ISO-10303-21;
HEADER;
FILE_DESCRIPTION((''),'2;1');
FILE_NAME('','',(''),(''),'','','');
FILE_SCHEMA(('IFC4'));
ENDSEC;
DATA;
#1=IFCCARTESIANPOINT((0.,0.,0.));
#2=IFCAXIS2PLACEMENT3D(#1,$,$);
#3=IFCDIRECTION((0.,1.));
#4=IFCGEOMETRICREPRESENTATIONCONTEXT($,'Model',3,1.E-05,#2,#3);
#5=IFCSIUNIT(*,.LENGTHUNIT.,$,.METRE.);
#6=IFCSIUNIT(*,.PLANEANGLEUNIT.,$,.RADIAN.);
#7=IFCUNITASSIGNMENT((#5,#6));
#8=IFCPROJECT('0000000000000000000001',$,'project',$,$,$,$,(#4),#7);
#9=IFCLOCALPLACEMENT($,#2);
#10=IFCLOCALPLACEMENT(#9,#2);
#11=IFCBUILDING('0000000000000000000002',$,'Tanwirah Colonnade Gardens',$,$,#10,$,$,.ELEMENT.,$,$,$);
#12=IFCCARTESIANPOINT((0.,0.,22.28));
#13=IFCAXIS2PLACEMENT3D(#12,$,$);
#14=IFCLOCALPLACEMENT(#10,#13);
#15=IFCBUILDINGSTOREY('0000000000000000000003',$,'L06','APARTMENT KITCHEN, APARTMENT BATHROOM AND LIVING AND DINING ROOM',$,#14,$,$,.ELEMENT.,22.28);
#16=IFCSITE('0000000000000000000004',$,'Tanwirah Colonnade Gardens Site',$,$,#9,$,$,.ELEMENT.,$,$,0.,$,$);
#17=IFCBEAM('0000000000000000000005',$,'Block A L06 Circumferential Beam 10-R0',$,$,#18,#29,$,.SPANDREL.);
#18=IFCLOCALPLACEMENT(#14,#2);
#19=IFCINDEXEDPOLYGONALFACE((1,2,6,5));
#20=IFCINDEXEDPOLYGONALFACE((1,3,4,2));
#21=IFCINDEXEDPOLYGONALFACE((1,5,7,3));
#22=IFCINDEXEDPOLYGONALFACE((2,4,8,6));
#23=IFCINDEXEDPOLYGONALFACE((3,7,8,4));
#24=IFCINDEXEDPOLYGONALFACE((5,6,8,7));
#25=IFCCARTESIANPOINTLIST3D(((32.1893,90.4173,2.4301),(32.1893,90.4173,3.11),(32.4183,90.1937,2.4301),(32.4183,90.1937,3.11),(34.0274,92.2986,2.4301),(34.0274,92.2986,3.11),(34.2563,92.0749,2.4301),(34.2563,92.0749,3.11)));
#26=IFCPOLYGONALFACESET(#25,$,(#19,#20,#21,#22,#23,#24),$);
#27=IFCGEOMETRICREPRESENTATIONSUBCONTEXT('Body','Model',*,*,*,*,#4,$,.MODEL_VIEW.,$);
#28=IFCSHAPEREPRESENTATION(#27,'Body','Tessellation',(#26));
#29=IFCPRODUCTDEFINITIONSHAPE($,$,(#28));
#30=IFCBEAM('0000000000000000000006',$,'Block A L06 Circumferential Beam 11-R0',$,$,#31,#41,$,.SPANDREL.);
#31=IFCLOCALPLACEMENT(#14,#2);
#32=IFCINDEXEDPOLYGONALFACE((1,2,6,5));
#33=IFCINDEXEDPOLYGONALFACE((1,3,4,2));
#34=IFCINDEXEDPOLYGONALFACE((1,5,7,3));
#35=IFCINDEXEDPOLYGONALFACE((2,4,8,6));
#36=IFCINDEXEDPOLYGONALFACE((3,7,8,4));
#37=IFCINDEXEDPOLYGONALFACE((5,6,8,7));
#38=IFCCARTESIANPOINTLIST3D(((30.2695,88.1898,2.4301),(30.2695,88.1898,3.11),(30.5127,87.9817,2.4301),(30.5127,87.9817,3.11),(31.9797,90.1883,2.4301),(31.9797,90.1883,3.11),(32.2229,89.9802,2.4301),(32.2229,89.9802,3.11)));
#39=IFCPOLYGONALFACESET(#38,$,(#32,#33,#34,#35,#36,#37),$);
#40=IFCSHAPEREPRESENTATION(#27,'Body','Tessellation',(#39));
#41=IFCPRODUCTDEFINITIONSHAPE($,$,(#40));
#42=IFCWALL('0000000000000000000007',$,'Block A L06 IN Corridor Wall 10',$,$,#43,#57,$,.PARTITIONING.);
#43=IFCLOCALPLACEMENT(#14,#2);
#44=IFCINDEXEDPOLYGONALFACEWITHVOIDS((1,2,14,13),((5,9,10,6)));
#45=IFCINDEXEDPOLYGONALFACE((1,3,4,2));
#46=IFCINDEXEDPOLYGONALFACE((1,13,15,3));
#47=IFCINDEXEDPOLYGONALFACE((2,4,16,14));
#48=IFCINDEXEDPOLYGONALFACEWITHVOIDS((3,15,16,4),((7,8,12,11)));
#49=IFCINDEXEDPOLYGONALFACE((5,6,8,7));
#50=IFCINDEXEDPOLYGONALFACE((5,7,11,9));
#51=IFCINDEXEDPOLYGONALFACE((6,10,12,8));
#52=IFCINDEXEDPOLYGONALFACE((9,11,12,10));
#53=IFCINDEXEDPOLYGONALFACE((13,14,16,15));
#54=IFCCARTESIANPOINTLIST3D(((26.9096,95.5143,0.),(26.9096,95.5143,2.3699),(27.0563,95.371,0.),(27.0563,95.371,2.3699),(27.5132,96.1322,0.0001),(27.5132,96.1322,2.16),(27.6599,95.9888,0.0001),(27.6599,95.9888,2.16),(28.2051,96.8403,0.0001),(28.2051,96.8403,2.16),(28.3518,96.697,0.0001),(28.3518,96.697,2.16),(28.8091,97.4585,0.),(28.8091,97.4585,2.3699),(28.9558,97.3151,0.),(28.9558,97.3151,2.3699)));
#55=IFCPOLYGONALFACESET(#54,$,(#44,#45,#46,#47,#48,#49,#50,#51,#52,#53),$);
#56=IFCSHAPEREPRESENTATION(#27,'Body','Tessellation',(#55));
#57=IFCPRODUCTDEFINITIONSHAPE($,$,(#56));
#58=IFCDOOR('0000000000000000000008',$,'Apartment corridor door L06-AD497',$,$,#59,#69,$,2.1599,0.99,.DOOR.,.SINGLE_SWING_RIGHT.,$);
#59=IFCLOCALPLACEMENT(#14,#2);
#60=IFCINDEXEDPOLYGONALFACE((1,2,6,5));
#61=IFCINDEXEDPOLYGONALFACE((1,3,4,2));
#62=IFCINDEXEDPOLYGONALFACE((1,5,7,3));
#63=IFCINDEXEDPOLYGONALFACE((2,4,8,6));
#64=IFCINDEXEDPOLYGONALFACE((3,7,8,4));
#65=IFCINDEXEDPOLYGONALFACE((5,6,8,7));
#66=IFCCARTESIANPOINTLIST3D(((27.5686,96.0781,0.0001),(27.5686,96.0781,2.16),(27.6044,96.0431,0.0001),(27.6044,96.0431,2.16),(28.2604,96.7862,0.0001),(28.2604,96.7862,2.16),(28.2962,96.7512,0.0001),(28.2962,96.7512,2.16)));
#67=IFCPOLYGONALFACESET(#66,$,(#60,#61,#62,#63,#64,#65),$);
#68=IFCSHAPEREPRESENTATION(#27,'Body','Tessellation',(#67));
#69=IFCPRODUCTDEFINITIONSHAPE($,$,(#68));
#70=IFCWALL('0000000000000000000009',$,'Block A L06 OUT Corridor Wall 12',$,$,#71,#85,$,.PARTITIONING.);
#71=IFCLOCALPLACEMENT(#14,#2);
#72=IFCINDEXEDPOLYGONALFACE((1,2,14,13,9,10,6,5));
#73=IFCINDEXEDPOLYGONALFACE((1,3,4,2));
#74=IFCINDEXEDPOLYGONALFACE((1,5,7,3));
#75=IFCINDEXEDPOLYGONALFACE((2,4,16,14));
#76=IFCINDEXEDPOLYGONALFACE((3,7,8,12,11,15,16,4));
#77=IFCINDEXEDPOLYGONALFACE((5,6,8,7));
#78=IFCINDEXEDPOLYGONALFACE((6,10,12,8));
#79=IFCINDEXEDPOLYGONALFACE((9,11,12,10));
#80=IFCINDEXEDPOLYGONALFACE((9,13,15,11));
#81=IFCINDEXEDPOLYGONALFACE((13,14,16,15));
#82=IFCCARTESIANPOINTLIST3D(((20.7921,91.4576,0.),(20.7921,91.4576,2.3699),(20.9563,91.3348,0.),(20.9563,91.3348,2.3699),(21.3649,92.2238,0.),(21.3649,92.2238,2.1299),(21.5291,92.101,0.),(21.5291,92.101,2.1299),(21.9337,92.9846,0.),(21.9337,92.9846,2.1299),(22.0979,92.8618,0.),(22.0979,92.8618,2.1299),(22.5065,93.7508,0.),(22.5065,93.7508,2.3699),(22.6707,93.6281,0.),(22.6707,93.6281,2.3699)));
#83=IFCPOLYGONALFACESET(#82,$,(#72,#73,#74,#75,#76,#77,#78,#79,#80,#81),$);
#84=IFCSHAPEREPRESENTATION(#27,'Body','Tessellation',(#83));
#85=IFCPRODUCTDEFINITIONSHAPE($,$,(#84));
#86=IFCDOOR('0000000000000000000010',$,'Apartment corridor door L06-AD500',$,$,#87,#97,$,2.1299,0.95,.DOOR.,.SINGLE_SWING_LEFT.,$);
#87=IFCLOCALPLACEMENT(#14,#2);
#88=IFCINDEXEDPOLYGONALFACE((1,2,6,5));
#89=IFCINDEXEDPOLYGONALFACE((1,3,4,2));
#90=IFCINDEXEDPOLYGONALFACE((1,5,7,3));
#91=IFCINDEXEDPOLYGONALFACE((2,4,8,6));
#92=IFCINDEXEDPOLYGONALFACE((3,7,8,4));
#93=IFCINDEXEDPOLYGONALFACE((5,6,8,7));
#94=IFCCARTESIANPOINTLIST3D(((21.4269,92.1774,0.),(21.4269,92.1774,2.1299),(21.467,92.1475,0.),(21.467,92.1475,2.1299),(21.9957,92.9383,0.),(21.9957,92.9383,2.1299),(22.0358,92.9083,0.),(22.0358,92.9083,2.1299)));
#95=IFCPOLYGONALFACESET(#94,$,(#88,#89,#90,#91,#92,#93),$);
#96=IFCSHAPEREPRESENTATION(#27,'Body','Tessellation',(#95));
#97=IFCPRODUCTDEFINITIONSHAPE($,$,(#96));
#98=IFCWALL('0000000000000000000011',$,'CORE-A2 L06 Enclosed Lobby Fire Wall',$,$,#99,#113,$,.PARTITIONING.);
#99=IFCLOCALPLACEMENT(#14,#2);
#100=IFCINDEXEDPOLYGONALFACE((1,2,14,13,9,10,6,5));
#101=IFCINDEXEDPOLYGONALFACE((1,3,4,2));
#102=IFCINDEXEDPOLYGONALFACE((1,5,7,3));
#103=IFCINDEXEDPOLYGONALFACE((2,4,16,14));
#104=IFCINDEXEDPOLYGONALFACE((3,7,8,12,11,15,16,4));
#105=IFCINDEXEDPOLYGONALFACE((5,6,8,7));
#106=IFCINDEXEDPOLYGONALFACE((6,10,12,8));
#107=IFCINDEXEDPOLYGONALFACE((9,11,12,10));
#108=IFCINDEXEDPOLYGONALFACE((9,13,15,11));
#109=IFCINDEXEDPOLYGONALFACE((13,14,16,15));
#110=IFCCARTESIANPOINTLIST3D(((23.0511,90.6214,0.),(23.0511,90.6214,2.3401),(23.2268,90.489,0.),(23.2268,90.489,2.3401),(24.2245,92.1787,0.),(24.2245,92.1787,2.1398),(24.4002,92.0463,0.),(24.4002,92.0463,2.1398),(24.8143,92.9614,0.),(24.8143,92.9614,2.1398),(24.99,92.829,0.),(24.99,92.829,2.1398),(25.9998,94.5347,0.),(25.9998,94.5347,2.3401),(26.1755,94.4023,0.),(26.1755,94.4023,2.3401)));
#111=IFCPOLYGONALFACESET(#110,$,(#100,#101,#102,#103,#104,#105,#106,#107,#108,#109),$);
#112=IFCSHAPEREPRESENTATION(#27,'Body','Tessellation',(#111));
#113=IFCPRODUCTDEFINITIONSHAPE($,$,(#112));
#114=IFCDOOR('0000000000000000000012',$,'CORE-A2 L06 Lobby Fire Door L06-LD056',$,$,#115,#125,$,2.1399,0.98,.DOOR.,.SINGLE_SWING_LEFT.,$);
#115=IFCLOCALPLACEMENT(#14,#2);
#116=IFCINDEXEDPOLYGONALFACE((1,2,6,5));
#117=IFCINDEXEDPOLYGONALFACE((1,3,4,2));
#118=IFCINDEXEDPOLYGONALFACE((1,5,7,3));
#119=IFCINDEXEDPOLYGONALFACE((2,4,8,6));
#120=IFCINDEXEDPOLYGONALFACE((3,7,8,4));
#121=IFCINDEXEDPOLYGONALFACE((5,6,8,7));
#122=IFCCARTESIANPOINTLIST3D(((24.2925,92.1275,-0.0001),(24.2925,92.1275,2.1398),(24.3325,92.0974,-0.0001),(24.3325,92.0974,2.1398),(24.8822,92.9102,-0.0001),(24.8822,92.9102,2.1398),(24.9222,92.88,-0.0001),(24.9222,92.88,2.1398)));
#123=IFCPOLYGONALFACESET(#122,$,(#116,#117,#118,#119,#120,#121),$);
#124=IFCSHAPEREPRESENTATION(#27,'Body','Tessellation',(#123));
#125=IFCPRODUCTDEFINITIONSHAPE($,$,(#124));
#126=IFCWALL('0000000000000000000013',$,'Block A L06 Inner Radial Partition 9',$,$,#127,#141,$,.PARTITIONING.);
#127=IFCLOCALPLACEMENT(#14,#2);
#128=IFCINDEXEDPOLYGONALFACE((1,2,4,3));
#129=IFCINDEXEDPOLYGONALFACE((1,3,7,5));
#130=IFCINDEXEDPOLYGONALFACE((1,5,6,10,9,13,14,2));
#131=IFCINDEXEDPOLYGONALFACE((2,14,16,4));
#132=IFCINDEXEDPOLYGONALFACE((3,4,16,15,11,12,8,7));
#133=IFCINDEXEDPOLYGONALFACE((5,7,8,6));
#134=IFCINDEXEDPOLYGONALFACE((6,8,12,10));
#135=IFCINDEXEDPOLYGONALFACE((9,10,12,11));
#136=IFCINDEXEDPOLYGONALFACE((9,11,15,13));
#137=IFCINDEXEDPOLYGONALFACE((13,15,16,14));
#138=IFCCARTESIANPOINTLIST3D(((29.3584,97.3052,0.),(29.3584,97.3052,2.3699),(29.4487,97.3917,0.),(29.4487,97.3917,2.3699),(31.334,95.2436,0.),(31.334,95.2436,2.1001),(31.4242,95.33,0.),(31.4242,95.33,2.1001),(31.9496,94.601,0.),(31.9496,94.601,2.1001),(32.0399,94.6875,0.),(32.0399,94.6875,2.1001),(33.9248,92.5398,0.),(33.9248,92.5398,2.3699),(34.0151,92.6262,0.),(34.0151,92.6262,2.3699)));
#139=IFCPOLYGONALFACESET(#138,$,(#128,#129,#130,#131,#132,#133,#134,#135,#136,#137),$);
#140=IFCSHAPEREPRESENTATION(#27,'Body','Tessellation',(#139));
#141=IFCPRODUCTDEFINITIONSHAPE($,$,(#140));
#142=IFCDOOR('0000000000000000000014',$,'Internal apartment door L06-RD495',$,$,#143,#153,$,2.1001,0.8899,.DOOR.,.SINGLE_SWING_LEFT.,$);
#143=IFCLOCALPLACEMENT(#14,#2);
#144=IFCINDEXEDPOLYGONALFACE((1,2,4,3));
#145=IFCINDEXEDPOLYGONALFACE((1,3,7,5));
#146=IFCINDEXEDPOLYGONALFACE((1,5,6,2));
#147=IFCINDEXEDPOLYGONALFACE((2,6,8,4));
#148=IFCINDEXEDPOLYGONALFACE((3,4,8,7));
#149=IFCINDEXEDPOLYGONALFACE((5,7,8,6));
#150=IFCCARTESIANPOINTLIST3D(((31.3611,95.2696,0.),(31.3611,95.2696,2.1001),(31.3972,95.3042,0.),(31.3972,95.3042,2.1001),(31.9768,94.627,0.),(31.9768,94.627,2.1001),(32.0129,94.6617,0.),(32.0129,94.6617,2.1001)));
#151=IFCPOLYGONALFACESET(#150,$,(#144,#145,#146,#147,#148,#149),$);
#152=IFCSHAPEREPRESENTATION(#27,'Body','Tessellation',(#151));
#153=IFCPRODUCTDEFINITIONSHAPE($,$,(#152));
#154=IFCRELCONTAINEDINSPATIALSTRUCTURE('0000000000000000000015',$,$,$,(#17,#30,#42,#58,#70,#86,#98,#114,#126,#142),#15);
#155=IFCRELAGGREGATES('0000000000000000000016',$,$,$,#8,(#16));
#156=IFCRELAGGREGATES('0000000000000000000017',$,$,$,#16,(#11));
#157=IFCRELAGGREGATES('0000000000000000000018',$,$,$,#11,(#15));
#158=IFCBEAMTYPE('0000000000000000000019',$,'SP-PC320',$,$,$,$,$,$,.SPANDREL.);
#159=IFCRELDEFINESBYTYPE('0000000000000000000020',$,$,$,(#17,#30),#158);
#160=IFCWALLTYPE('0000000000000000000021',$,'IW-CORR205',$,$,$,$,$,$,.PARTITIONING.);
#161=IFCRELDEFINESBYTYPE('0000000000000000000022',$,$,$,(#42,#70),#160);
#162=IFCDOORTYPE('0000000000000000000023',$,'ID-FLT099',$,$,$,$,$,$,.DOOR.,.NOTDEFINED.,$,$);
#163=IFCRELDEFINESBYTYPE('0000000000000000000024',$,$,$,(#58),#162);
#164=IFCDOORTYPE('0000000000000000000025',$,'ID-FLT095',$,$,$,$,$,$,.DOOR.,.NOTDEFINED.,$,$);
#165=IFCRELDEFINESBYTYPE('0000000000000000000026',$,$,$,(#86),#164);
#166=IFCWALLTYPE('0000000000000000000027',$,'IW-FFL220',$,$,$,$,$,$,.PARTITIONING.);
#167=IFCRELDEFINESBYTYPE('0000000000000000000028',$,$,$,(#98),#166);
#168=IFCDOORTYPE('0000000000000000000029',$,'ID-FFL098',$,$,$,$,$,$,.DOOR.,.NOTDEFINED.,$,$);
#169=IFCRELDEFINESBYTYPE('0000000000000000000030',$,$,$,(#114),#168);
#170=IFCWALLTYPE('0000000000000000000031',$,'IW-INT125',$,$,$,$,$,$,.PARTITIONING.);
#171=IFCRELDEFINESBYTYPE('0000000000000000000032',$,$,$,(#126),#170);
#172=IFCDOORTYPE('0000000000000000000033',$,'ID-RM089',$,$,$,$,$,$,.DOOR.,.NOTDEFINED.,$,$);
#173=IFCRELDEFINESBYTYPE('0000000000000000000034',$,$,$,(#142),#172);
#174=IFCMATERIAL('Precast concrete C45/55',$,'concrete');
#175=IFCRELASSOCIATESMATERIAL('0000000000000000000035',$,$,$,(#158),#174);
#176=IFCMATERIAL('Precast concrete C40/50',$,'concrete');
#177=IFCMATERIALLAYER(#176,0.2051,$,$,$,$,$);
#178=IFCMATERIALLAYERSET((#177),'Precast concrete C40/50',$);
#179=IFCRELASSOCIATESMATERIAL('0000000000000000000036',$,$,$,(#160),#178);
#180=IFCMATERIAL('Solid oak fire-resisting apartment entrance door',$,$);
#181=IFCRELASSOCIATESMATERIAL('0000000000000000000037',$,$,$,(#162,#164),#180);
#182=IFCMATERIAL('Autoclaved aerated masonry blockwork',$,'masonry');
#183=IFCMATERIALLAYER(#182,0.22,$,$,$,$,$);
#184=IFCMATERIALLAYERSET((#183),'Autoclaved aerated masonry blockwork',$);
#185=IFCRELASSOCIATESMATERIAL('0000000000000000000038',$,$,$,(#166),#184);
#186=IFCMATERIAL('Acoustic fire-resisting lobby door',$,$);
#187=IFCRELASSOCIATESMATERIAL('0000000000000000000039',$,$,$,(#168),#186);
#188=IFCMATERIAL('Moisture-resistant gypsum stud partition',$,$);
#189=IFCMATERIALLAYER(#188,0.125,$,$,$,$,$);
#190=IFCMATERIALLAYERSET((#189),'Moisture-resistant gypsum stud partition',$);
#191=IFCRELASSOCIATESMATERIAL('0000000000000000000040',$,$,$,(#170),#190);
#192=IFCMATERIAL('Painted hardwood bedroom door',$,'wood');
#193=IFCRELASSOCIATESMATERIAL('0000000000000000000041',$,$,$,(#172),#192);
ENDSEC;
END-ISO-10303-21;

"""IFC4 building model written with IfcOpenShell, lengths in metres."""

from ifc_helpers import new_model, si_unit, direction, frame, frame_2d, origin, origin_2d, place, context, subcontext, project, spatial, rectangle, extrude, material, layer, layer_set, material_profile, profile_set, type_object, element, fill, save


model = new_model("IFC4")

# Units and contexts
model_context = context("Model", 3, precision=1e-05, world=origin(), true_north=direction((0.0, 1.0)))
body_context = subcontext(model_context, "Body", "Model", "MODEL_VIEW")
ifc_project = project(units=[si_unit("LENGTHUNIT", "METRE"), si_unit("PLANEANGLEUNIT", "RADIAN")], contexts=[model_context])

# Site, building, storey
site_placement = place(None, origin())
site = spatial("IfcSite", under=ifc_project, at=site_placement, Name="Tanwirah Colonnade Gardens Site", CompositionType="ELEMENT", RefElevation=0.0)
building_placement = place(site_placement, origin())
building = spatial("IfcBuilding", under=site, at=building_placement, Name="Tanwirah Colonnade Gardens", CompositionType="ELEMENT")
storey_placement = place(building_placement, frame((0.0, 0.0, 22.28)))
storey = spatial("IfcBuildingStorey", under=building, at=storey_placement, Name="L06", Description="APARTMENT KITCHEN, APARTMENT BATHROOM AND LIVING AND DINING ROOM", CompositionType="ELEMENT", Elevation=22.28)

# Shared definitions
ifc_material_1 = material(Name="Precast concrete C45/55", Category="concrete")
ifc_material_2 = material(Name="Precast concrete C40/50", Category="concrete")

# Beams
ifc_material_profile_1 = material_profile(ifc_material_1, rectangle(XDim=0.3201, YDim=0.6799, at=origin_2d()), Name="PC-SP 320x680")
ifc_profile_set_1 = profile_set([ifc_material_profile_1], Name="Precast concrete C45/55")
beam_type_1 = type_object("IfcBeamType", Name="SP-PC320", PredefinedType="SPANDREL", material=ifc_profile_set_1)
beam_1_placement = place(storey_placement, frame((34.1418, 92.1868, 2.77), z_axis=(-0.698844, -0.715274, 0.0), x_axis=(0.715274, -0.698844, 0.0)))
element("IfcBeam", 1, at=beam_1_placement, inside=storey, type_object=beam_type_1, Name="Block A L06 Circumferential Beam 10-R0", PredefinedType="SPANDREL", context=body_context, shape_type="SweptSolid", body=[
    extrude(rectangle(XDim=0.3201, YDim=0.6799, at=origin_2d()), origin(), (0.0, 0.0, 1.0), 2.6301),
])
beam_2_placement = place(storey_placement, frame((32.1013, 90.0842, 2.77), z_axis=(-0.650172, -0.759787, 0.0), x_axis=(0.759787, -0.650172, 0.0)))
element("IfcBeam", 2, at=beam_2_placement, inside=storey, type_object=beam_type_1, Name="Block A L06 Circumferential Beam 11-R0", PredefinedType="SPANDREL", context=body_context, shape_type="SweptSolid", body=[
    extrude(rectangle(XDim=0.3201, YDim=0.6799, at=origin_2d()), origin(), (0.0, 0.0, 1.0), 2.6304),
])

# Walls, openings, doors
ifc_layer_1 = layer(ifc_material_2, 0.2051)
ifc_layer_set_1 = layer_set([ifc_layer_1], Name="Precast concrete C40/50")
wall_type_1 = type_object("IfcWallType", Name="IW-CORR205", PredefinedType="PARTITIONING", material=ifc_layer_set_1)
wall_1_placement = place(storey_placement, frame((28.8823, 97.3867, 0.0), z_axis=(0.0, 0.0, 1.0), x_axis=(-0.69884, -0.715278, 0.0)))
wall_1 = element("IfcWall", 3, at=wall_1_placement, inside=storey, type_object=wall_type_1, Name="Block A L06 IN Corridor Wall 10", PredefinedType="PARTITIONING", context=body_context, shape_type="SweptSolid", body=[
    extrude(rectangle(XDim=2.718, YDim=0.2051, at=frame_2d((1.3589, 0.0))), origin(), (0.0, 0.0, 1.0), 2.3699),
])
opening_1_placement = place(wall_1_placement, frame((0.864, 0.0, 0.0)))
opening_1 = element("IfcOpeningElement", 4, at=opening_1_placement, cuts=wall_1, PredefinedType="OPENING", context=body_context, shape_type="SweptSolid", body=[
    extrude(rectangle(XDim=0.99, YDim=2.1599, at=frame_2d((0.4951, 1.0801))), frame((0.0, 0.1125, 0.0), z_axis=(0.0, -1.0, 0.0), x_axis=(1.0, 0.0, 0.0)), (0.0, 0.0, 1.0), 0.2251),
])
ifc_material_3 = material(Name="Solid oak fire-resisting apartment entrance door")
door_type_1 = type_object("IfcDoorType", Name="ID-FLT099", OperationType="NOTDEFINED", PredefinedType="DOOR", material=ifc_material_3)
door_1_placement = place(opening_1_placement, origin())
door_1 = element("IfcDoor", 5, at=door_1_placement, inside=storey, type_object=door_type_1, Name="Apartment corridor door L06-AD497", OperationType="SINGLE_SWING_RIGHT", OverallHeight=2.1599, OverallWidth=0.99, PredefinedType="DOOR", context=body_context, shape_type="SweptSolid", body=[
    extrude(rectangle(XDim=0.99, YDim=2.1599, at=frame_2d((0.4951, 1.0801))), frame((0.0, 0.0249, 0.0), z_axis=(0.0, -1.0, 0.0), x_axis=(1.0, 0.0, 0.0)), (0.0, 0.0, 1.0), 0.05),
])
fill(opening_1, door_1)
wall_2_placement = place(storey_placement, frame((22.5886, 93.6895, 0.0), z_axis=(0.0, 0.0, 1.0), x_axis=(-0.598758, -0.80093, 0.0)))
wall_2 = element("IfcWall", 6, at=wall_2_placement, inside=storey, type_object=wall_type_1, Name="Block A L06 OUT Corridor Wall 12", PredefinedType="PARTITIONING", context=body_context, shape_type="SweptSolid", body=[
    extrude(rectangle(XDim=2.8633, YDim=0.2051, at=frame_2d((1.4316, 0.0))), origin(), (0.0, 0.0, 1.0), 2.3699),
])
opening_2_placement = place(wall_2_placement, frame((0.9565, 0.0, 0.0)))
opening_2 = element("IfcOpeningElement", 7, at=opening_2_placement, cuts=wall_2, PredefinedType="OPENING", context=body_context, shape_type="SweptSolid", body=[
    extrude(rectangle(XDim=0.95, YDim=2.1299, at=frame_2d((0.4751, 1.0649))), frame((0.0, 0.1125, 0.0), z_axis=(0.0, -1.0, 0.0), x_axis=(1.0, 0.0, 0.0)), (0.0, 0.0, 1.0), 0.2251),
])
door_type_2 = type_object("IfcDoorType", Name="ID-FLT095", OperationType="NOTDEFINED", PredefinedType="DOOR", material=ifc_material_3)
door_2_placement = place(opening_2_placement, origin())
door_2 = element("IfcDoor", 8, at=door_2_placement, inside=storey, type_object=door_type_2, Name="Apartment corridor door L06-AD500", OperationType="SINGLE_SWING_LEFT", OverallHeight=2.1299, OverallWidth=0.95, PredefinedType="DOOR", context=body_context, shape_type="SweptSolid", body=[
    extrude(rectangle(XDim=0.95, YDim=2.1299, at=frame_2d((0.4751, 1.0649))), frame((0.0, 0.0249, 0.0), z_axis=(0.0, -1.0, 0.0), x_axis=(1.0, 0.0, 0.0)), (0.0, 0.0, 1.0), 0.05),
])
fill(opening_2, door_2)
ifc_material_4 = material(Name="Autoclaved aerated masonry blockwork", Category="masonry")
ifc_layer_2 = layer(ifc_material_4, 0.22)
ifc_layer_set_2 = layer_set([ifc_layer_2], Name="Autoclaved aerated masonry blockwork")
wall_type_2 = type_object("IfcWallType", Name="IW-FFL220", PredefinedType="PARTITIONING", material=ifc_layer_set_2)
wall_3_placement = place(storey_placement, frame((23.1389, 90.5552, 0.0), z_axis=(0.0, 0.0, 1.0), x_axis=(0.601792, 0.798653, 0.0)))
wall_3 = element("IfcWall", 9, at=wall_3_placement, inside=storey, type_object=wall_type_2, Name="CORE-A2 L06 Enclosed Lobby Fire Wall", PredefinedType="PARTITIONING", context=body_context, shape_type="SweptSolid", body=[
    extrude(rectangle(XDim=4.8999, YDim=0.22, at=frame_2d((2.45, 0.0))), origin(), (0.0, 0.0, 1.0), 2.3401),
])
opening_3_placement = place(wall_3_placement, frame((1.95, 0.0, 0.0)))
opening_3 = element("IfcOpeningElement", 10, at=opening_3_placement, cuts=wall_3, PredefinedType="OPENING", context=body_context, shape_type="SweptSolid", body=[
    extrude(rectangle(XDim=0.98, YDim=2.1399, at=frame_2d((0.49, 1.0698))), frame((0.0, 0.1199, 0.0), z_axis=(0.0, -1.0, 0.0), x_axis=(1.0, 0.0, 0.0)), (0.0, 0.0, 1.0), 0.24),
])
ifc_material_5 = material(Name="Acoustic fire-resisting lobby door")
door_type_3 = type_object("IfcDoorType", Name="ID-FFL098", OperationType="NOTDEFINED", PredefinedType="DOOR", material=ifc_material_5)
door_3_placement = place(opening_3_placement, origin())
door_3 = element("IfcDoor", 11, at=door_3_placement, inside=storey, type_object=door_type_3, Name="CORE-A2 L06 Lobby Fire Door L06-LD056", OperationType="SINGLE_SWING_LEFT", OverallHeight=2.1399, OverallWidth=0.98, PredefinedType="DOOR", context=body_context, shape_type="SweptSolid", body=[
    extrude(rectangle(XDim=0.98, YDim=2.1399, at=frame_2d((0.49, 1.0698))), frame((0.0, 0.0249, 0.0), z_axis=(0.0, -1.0, 0.0), x_axis=(1.0, 0.0, 0.0)), (0.0, 0.0, 1.0), 0.05),
])
fill(opening_3, door_3)
ifc_material_6 = material(Name="Moisture-resistant gypsum stud partition")
ifc_layer_3 = layer(ifc_material_6, 0.125)
ifc_layer_set_3 = layer_set([ifc_layer_3], Name="Moisture-resistant gypsum stud partition")
wall_type_3 = type_object("IfcWallType", Name="IW-INT125", PredefinedType="PARTITIONING", material=ifc_layer_set_3)
wall_4_placement = place(storey_placement, frame((33.97, 92.583, 0.0), z_axis=(0.0, 0.0, 1.0), x_axis=(-0.691872, 0.72202, 0.0)))
wall_4 = element("IfcWall", 12, at=wall_4_placement, inside=storey, type_object=wall_type_3, Name="Block A L06 Inner Radial Partition 9", PredefinedType="PARTITIONING", context=body_context, shape_type="SweptSolid", body=[
    extrude(rectangle(XDim=6.6001, YDim=0.125, at=frame_2d((3.3, 0.0))), origin(), (0.0, 0.0, 1.0), 2.3699),
])
opening_4_placement = place(wall_4_placement, frame((2.855, 0.0, 0.0)))
opening_4 = element("IfcOpeningElement", 13, at=opening_4_placement, cuts=wall_4, PredefinedType="OPENING", context=body_context, shape_type="SweptSolid", body=[
    extrude(rectangle(XDim=0.8899, YDim=2.1001, at=frame_2d((0.4448, 1.05))), frame((0.0, 0.0725, 0.0), z_axis=(0.0, -1.0, 0.0), x_axis=(1.0, 0.0, 0.0)), (0.0, 0.0, 1.0), 0.145),
])
ifc_material_7 = material(Name="Painted hardwood bedroom door", Category="wood")
door_type_4 = type_object("IfcDoorType", Name="ID-RM089", OperationType="NOTDEFINED", PredefinedType="DOOR", material=ifc_material_7)
door_4_placement = place(opening_4_placement, origin())
door_4 = element("IfcDoor", 14, at=door_4_placement, inside=storey, type_object=door_type_4, Name="Internal apartment door L06-RD495", OperationType="SINGLE_SWING_LEFT", OverallHeight=2.1001, OverallWidth=0.8899, PredefinedType="DOOR", context=body_context, shape_type="SweptSolid", body=[
    extrude(rectangle(XDim=0.8899, YDim=2.1001, at=frame_2d((0.4448, 1.05))), frame((0.0, 0.0249, 0.0), z_axis=(0.0, -1.0, 0.0), x_axis=(1.0, 0.0, 0.0)), (0.0, 0.0, 1.0), 0.05),
])
fill(opening_4, door_4)

save(model, "model.ifc")
